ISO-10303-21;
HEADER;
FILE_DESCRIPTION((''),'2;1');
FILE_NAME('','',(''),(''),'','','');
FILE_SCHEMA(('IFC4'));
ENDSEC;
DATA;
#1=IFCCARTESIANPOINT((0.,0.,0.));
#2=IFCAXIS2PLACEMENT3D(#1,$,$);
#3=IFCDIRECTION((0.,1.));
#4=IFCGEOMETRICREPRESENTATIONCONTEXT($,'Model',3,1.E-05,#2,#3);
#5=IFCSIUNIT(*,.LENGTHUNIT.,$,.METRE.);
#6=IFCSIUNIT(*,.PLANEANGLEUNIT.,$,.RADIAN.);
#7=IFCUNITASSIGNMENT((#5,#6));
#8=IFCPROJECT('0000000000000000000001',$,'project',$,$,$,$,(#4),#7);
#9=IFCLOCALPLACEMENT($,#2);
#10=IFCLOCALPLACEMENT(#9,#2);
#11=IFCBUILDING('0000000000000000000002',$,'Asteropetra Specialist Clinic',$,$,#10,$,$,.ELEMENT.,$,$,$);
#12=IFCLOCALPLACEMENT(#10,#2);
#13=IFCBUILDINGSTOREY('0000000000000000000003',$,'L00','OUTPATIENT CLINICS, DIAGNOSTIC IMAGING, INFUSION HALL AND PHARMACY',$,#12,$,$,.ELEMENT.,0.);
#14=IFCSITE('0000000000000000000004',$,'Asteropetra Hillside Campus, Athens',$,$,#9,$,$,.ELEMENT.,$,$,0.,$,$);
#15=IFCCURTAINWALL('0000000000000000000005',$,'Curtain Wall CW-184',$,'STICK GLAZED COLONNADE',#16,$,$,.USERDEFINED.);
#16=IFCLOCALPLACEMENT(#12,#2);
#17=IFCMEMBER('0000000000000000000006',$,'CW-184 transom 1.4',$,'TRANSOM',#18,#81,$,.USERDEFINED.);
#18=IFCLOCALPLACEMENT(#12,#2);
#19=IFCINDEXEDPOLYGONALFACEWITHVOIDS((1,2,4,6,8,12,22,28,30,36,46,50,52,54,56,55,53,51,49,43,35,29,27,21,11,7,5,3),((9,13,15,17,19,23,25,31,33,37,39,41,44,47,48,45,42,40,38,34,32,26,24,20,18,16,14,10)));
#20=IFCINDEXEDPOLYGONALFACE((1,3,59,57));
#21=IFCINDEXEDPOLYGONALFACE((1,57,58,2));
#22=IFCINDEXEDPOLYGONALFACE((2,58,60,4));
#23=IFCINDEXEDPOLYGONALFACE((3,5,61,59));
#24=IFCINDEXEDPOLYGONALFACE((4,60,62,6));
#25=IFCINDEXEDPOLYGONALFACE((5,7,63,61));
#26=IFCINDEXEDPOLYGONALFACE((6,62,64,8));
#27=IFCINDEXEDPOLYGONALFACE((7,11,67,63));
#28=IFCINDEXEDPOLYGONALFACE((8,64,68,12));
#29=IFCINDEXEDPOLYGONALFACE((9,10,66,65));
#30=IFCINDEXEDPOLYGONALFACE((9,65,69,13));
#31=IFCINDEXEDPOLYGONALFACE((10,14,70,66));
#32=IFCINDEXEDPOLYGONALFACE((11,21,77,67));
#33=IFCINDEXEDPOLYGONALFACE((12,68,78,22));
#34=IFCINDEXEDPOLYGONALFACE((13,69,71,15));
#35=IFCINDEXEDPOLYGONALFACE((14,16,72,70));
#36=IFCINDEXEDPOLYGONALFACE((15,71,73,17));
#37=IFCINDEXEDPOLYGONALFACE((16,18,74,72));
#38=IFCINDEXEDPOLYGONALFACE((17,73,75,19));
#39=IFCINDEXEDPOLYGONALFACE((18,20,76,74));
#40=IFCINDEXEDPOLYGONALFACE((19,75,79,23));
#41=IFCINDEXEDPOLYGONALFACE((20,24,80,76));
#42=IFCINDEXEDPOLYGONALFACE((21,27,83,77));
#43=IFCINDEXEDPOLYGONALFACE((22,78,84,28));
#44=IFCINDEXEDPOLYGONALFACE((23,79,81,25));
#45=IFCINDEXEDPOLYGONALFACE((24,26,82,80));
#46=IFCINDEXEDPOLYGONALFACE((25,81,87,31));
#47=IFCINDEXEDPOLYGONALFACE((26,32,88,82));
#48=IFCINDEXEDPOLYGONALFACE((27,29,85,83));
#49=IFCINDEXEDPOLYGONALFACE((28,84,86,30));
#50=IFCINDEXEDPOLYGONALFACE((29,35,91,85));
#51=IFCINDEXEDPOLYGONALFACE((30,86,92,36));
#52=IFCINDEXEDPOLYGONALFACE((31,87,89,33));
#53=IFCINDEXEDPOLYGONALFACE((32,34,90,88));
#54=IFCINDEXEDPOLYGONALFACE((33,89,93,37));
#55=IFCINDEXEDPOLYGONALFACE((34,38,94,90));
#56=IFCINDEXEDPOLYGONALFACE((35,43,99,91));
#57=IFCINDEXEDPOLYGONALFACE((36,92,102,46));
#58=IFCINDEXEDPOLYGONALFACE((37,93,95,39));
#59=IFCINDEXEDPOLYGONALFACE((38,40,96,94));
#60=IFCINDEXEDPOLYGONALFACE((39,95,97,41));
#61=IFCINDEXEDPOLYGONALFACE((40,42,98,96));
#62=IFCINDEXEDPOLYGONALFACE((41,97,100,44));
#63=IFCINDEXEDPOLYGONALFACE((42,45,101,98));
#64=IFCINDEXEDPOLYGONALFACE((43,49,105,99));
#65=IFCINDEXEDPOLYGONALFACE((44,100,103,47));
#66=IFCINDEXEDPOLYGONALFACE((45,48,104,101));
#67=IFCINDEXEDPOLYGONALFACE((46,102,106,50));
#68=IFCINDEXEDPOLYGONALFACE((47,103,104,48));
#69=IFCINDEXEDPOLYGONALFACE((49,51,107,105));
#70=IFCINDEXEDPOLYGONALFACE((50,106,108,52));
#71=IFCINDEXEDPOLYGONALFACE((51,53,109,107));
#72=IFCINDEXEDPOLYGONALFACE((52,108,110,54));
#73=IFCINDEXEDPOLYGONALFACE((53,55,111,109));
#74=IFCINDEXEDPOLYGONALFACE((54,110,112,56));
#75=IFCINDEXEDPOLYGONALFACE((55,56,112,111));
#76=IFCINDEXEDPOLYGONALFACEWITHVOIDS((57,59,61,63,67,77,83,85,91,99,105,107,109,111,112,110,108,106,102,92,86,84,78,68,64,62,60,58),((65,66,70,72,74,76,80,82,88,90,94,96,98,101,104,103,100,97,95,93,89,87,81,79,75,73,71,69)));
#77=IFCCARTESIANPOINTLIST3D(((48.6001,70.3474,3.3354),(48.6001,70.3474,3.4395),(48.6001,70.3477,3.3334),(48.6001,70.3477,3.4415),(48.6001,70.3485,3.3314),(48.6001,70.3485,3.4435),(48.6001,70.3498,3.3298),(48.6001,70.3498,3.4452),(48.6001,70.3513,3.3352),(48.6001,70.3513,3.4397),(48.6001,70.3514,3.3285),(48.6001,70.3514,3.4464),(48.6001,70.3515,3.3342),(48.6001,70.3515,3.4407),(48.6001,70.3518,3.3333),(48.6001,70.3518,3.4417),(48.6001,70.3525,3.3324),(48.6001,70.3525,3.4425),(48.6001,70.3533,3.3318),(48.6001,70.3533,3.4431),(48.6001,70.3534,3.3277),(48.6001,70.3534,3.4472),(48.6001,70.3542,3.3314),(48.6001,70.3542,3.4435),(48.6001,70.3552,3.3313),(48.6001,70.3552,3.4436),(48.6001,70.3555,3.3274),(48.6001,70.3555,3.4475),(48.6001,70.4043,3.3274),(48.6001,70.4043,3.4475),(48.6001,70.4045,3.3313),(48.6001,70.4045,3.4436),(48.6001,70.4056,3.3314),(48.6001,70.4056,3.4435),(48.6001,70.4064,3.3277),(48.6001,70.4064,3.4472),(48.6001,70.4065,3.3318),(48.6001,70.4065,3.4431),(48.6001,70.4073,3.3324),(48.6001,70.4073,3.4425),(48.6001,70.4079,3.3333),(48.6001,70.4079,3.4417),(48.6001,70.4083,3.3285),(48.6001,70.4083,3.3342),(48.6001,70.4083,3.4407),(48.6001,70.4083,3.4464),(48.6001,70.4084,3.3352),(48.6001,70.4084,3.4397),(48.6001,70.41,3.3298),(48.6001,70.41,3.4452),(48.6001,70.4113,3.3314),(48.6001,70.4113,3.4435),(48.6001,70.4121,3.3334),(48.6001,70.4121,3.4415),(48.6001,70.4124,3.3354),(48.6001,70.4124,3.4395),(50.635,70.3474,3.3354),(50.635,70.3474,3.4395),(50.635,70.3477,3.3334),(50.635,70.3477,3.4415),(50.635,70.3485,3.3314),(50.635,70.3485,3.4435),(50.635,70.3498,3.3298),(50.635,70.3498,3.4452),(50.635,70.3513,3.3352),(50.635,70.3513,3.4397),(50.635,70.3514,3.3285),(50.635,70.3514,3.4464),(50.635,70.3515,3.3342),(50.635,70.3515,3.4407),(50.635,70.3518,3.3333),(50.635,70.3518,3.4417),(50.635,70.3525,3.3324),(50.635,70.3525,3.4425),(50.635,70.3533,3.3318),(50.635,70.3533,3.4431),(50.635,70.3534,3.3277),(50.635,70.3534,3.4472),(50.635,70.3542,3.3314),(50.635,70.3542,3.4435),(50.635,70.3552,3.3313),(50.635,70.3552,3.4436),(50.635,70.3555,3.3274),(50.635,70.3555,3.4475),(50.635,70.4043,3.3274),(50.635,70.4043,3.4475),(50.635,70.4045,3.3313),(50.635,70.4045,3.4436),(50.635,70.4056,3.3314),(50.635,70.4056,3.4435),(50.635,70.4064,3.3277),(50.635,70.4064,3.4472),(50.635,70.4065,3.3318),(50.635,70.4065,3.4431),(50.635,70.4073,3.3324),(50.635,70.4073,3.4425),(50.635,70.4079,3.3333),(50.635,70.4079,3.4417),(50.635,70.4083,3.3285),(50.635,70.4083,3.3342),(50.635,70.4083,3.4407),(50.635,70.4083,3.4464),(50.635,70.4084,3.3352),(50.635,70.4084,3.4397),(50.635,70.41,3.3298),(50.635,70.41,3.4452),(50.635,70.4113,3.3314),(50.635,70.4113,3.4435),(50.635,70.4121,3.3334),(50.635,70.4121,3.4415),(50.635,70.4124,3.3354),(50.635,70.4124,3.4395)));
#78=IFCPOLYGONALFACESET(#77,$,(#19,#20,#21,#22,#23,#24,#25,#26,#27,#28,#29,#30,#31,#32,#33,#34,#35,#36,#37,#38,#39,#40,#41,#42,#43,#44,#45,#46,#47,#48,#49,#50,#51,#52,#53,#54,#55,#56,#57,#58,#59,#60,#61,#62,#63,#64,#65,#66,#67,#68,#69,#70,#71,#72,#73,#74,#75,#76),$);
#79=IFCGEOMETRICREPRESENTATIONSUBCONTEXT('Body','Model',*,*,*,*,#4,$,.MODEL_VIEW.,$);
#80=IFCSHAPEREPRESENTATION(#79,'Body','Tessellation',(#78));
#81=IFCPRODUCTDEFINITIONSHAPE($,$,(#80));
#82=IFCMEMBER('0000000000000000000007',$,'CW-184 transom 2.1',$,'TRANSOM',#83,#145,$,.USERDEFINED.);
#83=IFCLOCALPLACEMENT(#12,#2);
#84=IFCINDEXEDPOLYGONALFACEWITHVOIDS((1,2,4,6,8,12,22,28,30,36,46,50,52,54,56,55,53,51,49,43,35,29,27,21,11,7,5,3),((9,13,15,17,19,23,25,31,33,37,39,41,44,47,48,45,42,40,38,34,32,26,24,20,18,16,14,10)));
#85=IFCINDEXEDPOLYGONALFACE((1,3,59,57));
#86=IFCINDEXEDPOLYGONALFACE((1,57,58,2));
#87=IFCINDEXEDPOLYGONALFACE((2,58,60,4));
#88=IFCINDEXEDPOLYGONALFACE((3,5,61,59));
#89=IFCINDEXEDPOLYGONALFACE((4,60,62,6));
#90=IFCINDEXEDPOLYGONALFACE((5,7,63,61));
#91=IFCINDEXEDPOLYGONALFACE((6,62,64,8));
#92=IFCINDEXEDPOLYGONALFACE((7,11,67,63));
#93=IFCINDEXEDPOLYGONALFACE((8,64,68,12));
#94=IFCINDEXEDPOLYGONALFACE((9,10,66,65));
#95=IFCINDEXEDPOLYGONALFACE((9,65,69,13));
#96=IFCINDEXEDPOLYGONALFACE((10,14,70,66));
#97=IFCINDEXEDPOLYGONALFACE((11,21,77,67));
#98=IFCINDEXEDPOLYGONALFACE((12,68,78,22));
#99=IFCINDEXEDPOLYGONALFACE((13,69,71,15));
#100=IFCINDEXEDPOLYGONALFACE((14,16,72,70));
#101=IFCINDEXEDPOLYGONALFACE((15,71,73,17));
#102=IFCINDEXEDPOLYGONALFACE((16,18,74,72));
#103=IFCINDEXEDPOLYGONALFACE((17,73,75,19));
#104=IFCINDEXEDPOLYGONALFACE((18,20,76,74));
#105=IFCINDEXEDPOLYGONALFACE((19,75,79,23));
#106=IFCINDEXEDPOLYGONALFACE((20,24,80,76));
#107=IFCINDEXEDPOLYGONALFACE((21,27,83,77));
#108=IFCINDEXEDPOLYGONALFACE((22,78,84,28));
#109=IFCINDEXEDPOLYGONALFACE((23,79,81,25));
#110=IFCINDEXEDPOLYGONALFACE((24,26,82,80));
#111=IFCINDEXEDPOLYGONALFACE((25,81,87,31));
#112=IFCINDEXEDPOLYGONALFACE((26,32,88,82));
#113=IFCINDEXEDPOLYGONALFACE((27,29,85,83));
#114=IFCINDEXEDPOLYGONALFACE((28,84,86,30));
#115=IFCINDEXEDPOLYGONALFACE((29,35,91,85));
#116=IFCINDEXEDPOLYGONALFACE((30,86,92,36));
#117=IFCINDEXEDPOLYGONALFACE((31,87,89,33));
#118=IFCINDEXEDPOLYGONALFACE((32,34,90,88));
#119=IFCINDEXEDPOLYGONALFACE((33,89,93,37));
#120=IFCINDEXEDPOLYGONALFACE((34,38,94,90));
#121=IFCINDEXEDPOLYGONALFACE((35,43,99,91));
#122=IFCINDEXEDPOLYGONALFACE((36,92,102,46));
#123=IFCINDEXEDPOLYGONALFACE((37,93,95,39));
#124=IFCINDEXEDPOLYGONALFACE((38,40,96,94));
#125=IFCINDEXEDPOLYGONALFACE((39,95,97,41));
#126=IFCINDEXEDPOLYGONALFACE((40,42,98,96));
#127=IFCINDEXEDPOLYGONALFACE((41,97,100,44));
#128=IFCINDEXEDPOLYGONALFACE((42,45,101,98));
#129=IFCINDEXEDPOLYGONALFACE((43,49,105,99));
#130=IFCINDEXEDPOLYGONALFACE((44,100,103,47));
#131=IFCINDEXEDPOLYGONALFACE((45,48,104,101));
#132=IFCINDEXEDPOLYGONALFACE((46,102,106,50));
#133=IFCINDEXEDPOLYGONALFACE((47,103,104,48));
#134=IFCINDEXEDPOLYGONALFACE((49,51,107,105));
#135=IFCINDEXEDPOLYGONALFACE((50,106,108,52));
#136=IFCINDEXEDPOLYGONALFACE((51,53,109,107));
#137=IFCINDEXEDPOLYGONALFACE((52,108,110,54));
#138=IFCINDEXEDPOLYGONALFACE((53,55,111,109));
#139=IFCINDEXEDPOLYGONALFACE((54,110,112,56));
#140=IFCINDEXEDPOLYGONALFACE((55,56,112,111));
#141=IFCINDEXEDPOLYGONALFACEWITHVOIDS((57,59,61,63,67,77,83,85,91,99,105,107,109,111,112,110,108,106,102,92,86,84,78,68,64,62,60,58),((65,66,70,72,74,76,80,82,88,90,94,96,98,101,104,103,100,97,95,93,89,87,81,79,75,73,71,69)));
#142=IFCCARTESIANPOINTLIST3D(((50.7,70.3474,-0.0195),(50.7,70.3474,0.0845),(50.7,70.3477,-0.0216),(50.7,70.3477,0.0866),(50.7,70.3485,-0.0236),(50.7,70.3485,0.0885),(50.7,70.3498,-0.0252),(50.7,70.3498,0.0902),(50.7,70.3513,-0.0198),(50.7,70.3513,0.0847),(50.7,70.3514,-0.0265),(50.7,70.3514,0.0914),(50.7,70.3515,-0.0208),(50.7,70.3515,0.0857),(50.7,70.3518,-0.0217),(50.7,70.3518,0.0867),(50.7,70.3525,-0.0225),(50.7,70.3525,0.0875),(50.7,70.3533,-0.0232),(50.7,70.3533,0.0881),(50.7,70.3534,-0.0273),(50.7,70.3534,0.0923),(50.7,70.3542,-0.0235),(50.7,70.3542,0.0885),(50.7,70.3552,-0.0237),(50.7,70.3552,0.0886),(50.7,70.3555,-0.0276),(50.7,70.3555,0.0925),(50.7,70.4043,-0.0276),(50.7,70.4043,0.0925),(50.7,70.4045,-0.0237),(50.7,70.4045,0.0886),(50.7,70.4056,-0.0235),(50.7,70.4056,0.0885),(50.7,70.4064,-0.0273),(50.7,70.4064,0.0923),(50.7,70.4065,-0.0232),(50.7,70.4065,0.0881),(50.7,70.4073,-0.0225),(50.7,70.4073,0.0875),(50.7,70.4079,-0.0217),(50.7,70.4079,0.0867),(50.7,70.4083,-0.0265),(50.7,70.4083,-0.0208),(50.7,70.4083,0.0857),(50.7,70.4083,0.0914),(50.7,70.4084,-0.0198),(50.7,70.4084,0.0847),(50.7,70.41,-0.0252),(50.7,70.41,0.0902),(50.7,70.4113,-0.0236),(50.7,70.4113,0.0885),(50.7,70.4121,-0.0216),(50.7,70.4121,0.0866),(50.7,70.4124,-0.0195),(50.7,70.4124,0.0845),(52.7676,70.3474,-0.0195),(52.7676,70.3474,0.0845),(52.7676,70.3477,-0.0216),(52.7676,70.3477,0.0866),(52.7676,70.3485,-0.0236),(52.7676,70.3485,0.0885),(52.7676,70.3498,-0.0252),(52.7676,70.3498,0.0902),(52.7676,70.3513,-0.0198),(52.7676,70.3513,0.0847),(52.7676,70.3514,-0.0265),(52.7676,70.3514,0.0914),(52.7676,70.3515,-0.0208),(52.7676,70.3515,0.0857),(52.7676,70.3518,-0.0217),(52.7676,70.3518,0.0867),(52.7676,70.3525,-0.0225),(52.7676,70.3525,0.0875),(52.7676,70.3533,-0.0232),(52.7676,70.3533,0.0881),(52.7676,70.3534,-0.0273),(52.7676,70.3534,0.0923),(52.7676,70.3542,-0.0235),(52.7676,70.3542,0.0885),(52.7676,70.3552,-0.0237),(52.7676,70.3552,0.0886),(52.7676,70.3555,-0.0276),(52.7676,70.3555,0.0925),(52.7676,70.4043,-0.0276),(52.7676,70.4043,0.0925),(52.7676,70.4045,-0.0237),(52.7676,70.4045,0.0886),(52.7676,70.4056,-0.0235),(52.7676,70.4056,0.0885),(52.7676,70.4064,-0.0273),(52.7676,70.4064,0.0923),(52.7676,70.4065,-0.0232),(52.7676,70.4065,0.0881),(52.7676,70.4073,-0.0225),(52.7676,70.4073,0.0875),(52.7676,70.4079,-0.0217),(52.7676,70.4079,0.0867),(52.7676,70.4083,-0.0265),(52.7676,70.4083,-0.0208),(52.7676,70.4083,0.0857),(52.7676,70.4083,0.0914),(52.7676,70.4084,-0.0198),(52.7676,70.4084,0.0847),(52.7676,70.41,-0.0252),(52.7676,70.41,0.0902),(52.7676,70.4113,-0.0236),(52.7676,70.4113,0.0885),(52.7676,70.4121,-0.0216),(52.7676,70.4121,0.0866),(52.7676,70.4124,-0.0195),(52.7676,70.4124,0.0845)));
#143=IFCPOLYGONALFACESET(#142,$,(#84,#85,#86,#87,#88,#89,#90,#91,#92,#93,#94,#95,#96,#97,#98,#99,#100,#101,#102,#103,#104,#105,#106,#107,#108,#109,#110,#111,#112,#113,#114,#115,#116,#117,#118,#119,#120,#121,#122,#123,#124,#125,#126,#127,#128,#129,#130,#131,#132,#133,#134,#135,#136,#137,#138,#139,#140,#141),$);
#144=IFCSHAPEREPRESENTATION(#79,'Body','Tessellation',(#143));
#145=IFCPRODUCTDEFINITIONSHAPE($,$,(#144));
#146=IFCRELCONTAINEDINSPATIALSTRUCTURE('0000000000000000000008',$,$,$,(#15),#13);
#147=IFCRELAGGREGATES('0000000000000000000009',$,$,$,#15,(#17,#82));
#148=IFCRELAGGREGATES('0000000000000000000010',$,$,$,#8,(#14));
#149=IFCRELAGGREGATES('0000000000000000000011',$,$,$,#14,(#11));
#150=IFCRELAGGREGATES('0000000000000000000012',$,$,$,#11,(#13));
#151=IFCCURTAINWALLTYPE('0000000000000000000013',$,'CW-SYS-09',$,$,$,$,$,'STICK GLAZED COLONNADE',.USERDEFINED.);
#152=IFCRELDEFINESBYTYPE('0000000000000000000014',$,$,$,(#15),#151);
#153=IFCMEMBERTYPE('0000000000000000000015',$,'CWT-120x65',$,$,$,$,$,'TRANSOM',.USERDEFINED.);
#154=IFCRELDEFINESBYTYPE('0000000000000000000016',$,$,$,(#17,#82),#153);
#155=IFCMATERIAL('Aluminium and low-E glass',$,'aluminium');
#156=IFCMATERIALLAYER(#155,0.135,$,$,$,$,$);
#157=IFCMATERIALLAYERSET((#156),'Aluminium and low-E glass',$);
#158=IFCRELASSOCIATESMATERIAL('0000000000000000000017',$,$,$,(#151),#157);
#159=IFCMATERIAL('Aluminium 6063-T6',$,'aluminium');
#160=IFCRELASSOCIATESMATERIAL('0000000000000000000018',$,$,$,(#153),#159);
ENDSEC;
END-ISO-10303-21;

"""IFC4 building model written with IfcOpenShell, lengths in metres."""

from ifc_helpers import new_model, si_unit, direction, frame, origin, origin_2d, place, context, subcontext, project, spatial, hollow_rectangle, extrude, material, layer, layer_set, material_profile, profile_set, type_object, element, aggregate, save


model = new_model("IFC4")

# Units and contexts
model_context = context("Model", 3, precision=1e-05, world=origin(), true_north=direction((0.0, 1.0)))
body_context = subcontext(model_context, "Body", "Model", "MODEL_VIEW")
ifc_project = project(units=[si_unit("LENGTHUNIT", "METRE"), si_unit("PLANEANGLEUNIT", "RADIAN")], contexts=[model_context])

# Site, building, storey
site_placement = place(None, origin())
site = spatial("IfcSite", under=ifc_project, at=site_placement, Name="Asteropetra Hillside Campus, Athens", CompositionType="ELEMENT", RefElevation=0.0)
building_placement = place(site_placement, origin())
building = spatial("IfcBuilding", under=site, at=building_placement, Name="Asteropetra Specialist Clinic", CompositionType="ELEMENT")
storey_placement = place(building_placement, origin())
storey = spatial("IfcBuildingStorey", under=building, at=storey_placement, Name="L00", Description="OUTPATIENT CLINICS, DIAGNOSTIC IMAGING, INFUSION HALL AND PHARMACY", CompositionType="ELEMENT", Elevation=0.0)

# Curtain wall
ifc_material_1 = material(Name="Aluminium and low-E glass", Category="aluminium")
ifc_layer_1 = layer(ifc_material_1, 0.135)
ifc_layer_set_1 = layer_set([ifc_layer_1], Name="Aluminium and low-E glass")
curtain_wall_type_1 = type_object("IfcCurtainWallType", Name="CW-SYS-09", ElementType="STICK GLAZED COLONNADE", PredefinedType="USERDEFINED", material=ifc_layer_set_1)
curtain_wall_1_placement = place(storey_placement, origin())
curtain_wall_1 = element("IfcCurtainWall", 1, at=curtain_wall_1_placement, inside=storey, type_object=curtain_wall_type_1, Name="Curtain Wall CW-184", ObjectType="STICK GLAZED COLONNADE", PredefinedType="USERDEFINED")

# Members
ifc_material_2 = material(Name="Aluminium 6063-T6", Category="aluminium")
ifc_material_profile_1 = material_profile(ifc_material_2, hollow_rectangle(XDim=0.0649, YDim=0.1201, WallThickness=0.0039, InnerFilletRadius=0.0039, OuterFilletRadius=0.0081, at=origin_2d()), Name="TRN 120x65x4.0")
ifc_profile_set_1 = profile_set([ifc_material_profile_1], Name="Aluminium 6063-T6")
member_type_1 = type_object("IfcMemberType", Name="CWT-120x65", ElementType="TRANSOM", PredefinedType="USERDEFINED", material=ifc_profile_set_1)
member_1_placement = place(storey_placement, frame((48.6001, 70.3799, 3.3875), z_axis=(1.0, 0.0, 0.0), x_axis=(0.0, 1.0, 0.0)))
member_1 = element("IfcMember", 2, at=member_1_placement, type_object=member_type_1, Name="CW-184 transom 1.4", ObjectType="TRANSOM", PredefinedType="USERDEFINED", context=body_context, shape_type="SweptSolid", body=[
    extrude(hollow_rectangle(XDim=0.0649, YDim=0.1201, WallThickness=0.0039, InnerFilletRadius=0.0039, OuterFilletRadius=0.0081, at=origin_2d()), origin(), (0.0, 0.0, 1.0), 2.0349),
])
member_2_placement = place(storey_placement, frame((50.7, 70.3799, 0.0325), z_axis=(1.0, 0.0, 0.0), x_axis=(0.0, 1.0, 0.0)))
member_2 = element("IfcMember", 3, at=member_2_placement, type_object=member_type_1, Name="CW-184 transom 2.1", ObjectType="TRANSOM", PredefinedType="USERDEFINED", context=body_context, shape_type="SweptSolid", body=[
    extrude(hollow_rectangle(XDim=0.0649, YDim=0.1201, WallThickness=0.0039, InnerFilletRadius=0.0039, OuterFilletRadius=0.0081, at=origin_2d()), origin(), (0.0, 0.0, 1.0), 2.0676),
])

aggregate(curtain_wall_1, [member_1, member_2])

save(model, "model.ifc")
